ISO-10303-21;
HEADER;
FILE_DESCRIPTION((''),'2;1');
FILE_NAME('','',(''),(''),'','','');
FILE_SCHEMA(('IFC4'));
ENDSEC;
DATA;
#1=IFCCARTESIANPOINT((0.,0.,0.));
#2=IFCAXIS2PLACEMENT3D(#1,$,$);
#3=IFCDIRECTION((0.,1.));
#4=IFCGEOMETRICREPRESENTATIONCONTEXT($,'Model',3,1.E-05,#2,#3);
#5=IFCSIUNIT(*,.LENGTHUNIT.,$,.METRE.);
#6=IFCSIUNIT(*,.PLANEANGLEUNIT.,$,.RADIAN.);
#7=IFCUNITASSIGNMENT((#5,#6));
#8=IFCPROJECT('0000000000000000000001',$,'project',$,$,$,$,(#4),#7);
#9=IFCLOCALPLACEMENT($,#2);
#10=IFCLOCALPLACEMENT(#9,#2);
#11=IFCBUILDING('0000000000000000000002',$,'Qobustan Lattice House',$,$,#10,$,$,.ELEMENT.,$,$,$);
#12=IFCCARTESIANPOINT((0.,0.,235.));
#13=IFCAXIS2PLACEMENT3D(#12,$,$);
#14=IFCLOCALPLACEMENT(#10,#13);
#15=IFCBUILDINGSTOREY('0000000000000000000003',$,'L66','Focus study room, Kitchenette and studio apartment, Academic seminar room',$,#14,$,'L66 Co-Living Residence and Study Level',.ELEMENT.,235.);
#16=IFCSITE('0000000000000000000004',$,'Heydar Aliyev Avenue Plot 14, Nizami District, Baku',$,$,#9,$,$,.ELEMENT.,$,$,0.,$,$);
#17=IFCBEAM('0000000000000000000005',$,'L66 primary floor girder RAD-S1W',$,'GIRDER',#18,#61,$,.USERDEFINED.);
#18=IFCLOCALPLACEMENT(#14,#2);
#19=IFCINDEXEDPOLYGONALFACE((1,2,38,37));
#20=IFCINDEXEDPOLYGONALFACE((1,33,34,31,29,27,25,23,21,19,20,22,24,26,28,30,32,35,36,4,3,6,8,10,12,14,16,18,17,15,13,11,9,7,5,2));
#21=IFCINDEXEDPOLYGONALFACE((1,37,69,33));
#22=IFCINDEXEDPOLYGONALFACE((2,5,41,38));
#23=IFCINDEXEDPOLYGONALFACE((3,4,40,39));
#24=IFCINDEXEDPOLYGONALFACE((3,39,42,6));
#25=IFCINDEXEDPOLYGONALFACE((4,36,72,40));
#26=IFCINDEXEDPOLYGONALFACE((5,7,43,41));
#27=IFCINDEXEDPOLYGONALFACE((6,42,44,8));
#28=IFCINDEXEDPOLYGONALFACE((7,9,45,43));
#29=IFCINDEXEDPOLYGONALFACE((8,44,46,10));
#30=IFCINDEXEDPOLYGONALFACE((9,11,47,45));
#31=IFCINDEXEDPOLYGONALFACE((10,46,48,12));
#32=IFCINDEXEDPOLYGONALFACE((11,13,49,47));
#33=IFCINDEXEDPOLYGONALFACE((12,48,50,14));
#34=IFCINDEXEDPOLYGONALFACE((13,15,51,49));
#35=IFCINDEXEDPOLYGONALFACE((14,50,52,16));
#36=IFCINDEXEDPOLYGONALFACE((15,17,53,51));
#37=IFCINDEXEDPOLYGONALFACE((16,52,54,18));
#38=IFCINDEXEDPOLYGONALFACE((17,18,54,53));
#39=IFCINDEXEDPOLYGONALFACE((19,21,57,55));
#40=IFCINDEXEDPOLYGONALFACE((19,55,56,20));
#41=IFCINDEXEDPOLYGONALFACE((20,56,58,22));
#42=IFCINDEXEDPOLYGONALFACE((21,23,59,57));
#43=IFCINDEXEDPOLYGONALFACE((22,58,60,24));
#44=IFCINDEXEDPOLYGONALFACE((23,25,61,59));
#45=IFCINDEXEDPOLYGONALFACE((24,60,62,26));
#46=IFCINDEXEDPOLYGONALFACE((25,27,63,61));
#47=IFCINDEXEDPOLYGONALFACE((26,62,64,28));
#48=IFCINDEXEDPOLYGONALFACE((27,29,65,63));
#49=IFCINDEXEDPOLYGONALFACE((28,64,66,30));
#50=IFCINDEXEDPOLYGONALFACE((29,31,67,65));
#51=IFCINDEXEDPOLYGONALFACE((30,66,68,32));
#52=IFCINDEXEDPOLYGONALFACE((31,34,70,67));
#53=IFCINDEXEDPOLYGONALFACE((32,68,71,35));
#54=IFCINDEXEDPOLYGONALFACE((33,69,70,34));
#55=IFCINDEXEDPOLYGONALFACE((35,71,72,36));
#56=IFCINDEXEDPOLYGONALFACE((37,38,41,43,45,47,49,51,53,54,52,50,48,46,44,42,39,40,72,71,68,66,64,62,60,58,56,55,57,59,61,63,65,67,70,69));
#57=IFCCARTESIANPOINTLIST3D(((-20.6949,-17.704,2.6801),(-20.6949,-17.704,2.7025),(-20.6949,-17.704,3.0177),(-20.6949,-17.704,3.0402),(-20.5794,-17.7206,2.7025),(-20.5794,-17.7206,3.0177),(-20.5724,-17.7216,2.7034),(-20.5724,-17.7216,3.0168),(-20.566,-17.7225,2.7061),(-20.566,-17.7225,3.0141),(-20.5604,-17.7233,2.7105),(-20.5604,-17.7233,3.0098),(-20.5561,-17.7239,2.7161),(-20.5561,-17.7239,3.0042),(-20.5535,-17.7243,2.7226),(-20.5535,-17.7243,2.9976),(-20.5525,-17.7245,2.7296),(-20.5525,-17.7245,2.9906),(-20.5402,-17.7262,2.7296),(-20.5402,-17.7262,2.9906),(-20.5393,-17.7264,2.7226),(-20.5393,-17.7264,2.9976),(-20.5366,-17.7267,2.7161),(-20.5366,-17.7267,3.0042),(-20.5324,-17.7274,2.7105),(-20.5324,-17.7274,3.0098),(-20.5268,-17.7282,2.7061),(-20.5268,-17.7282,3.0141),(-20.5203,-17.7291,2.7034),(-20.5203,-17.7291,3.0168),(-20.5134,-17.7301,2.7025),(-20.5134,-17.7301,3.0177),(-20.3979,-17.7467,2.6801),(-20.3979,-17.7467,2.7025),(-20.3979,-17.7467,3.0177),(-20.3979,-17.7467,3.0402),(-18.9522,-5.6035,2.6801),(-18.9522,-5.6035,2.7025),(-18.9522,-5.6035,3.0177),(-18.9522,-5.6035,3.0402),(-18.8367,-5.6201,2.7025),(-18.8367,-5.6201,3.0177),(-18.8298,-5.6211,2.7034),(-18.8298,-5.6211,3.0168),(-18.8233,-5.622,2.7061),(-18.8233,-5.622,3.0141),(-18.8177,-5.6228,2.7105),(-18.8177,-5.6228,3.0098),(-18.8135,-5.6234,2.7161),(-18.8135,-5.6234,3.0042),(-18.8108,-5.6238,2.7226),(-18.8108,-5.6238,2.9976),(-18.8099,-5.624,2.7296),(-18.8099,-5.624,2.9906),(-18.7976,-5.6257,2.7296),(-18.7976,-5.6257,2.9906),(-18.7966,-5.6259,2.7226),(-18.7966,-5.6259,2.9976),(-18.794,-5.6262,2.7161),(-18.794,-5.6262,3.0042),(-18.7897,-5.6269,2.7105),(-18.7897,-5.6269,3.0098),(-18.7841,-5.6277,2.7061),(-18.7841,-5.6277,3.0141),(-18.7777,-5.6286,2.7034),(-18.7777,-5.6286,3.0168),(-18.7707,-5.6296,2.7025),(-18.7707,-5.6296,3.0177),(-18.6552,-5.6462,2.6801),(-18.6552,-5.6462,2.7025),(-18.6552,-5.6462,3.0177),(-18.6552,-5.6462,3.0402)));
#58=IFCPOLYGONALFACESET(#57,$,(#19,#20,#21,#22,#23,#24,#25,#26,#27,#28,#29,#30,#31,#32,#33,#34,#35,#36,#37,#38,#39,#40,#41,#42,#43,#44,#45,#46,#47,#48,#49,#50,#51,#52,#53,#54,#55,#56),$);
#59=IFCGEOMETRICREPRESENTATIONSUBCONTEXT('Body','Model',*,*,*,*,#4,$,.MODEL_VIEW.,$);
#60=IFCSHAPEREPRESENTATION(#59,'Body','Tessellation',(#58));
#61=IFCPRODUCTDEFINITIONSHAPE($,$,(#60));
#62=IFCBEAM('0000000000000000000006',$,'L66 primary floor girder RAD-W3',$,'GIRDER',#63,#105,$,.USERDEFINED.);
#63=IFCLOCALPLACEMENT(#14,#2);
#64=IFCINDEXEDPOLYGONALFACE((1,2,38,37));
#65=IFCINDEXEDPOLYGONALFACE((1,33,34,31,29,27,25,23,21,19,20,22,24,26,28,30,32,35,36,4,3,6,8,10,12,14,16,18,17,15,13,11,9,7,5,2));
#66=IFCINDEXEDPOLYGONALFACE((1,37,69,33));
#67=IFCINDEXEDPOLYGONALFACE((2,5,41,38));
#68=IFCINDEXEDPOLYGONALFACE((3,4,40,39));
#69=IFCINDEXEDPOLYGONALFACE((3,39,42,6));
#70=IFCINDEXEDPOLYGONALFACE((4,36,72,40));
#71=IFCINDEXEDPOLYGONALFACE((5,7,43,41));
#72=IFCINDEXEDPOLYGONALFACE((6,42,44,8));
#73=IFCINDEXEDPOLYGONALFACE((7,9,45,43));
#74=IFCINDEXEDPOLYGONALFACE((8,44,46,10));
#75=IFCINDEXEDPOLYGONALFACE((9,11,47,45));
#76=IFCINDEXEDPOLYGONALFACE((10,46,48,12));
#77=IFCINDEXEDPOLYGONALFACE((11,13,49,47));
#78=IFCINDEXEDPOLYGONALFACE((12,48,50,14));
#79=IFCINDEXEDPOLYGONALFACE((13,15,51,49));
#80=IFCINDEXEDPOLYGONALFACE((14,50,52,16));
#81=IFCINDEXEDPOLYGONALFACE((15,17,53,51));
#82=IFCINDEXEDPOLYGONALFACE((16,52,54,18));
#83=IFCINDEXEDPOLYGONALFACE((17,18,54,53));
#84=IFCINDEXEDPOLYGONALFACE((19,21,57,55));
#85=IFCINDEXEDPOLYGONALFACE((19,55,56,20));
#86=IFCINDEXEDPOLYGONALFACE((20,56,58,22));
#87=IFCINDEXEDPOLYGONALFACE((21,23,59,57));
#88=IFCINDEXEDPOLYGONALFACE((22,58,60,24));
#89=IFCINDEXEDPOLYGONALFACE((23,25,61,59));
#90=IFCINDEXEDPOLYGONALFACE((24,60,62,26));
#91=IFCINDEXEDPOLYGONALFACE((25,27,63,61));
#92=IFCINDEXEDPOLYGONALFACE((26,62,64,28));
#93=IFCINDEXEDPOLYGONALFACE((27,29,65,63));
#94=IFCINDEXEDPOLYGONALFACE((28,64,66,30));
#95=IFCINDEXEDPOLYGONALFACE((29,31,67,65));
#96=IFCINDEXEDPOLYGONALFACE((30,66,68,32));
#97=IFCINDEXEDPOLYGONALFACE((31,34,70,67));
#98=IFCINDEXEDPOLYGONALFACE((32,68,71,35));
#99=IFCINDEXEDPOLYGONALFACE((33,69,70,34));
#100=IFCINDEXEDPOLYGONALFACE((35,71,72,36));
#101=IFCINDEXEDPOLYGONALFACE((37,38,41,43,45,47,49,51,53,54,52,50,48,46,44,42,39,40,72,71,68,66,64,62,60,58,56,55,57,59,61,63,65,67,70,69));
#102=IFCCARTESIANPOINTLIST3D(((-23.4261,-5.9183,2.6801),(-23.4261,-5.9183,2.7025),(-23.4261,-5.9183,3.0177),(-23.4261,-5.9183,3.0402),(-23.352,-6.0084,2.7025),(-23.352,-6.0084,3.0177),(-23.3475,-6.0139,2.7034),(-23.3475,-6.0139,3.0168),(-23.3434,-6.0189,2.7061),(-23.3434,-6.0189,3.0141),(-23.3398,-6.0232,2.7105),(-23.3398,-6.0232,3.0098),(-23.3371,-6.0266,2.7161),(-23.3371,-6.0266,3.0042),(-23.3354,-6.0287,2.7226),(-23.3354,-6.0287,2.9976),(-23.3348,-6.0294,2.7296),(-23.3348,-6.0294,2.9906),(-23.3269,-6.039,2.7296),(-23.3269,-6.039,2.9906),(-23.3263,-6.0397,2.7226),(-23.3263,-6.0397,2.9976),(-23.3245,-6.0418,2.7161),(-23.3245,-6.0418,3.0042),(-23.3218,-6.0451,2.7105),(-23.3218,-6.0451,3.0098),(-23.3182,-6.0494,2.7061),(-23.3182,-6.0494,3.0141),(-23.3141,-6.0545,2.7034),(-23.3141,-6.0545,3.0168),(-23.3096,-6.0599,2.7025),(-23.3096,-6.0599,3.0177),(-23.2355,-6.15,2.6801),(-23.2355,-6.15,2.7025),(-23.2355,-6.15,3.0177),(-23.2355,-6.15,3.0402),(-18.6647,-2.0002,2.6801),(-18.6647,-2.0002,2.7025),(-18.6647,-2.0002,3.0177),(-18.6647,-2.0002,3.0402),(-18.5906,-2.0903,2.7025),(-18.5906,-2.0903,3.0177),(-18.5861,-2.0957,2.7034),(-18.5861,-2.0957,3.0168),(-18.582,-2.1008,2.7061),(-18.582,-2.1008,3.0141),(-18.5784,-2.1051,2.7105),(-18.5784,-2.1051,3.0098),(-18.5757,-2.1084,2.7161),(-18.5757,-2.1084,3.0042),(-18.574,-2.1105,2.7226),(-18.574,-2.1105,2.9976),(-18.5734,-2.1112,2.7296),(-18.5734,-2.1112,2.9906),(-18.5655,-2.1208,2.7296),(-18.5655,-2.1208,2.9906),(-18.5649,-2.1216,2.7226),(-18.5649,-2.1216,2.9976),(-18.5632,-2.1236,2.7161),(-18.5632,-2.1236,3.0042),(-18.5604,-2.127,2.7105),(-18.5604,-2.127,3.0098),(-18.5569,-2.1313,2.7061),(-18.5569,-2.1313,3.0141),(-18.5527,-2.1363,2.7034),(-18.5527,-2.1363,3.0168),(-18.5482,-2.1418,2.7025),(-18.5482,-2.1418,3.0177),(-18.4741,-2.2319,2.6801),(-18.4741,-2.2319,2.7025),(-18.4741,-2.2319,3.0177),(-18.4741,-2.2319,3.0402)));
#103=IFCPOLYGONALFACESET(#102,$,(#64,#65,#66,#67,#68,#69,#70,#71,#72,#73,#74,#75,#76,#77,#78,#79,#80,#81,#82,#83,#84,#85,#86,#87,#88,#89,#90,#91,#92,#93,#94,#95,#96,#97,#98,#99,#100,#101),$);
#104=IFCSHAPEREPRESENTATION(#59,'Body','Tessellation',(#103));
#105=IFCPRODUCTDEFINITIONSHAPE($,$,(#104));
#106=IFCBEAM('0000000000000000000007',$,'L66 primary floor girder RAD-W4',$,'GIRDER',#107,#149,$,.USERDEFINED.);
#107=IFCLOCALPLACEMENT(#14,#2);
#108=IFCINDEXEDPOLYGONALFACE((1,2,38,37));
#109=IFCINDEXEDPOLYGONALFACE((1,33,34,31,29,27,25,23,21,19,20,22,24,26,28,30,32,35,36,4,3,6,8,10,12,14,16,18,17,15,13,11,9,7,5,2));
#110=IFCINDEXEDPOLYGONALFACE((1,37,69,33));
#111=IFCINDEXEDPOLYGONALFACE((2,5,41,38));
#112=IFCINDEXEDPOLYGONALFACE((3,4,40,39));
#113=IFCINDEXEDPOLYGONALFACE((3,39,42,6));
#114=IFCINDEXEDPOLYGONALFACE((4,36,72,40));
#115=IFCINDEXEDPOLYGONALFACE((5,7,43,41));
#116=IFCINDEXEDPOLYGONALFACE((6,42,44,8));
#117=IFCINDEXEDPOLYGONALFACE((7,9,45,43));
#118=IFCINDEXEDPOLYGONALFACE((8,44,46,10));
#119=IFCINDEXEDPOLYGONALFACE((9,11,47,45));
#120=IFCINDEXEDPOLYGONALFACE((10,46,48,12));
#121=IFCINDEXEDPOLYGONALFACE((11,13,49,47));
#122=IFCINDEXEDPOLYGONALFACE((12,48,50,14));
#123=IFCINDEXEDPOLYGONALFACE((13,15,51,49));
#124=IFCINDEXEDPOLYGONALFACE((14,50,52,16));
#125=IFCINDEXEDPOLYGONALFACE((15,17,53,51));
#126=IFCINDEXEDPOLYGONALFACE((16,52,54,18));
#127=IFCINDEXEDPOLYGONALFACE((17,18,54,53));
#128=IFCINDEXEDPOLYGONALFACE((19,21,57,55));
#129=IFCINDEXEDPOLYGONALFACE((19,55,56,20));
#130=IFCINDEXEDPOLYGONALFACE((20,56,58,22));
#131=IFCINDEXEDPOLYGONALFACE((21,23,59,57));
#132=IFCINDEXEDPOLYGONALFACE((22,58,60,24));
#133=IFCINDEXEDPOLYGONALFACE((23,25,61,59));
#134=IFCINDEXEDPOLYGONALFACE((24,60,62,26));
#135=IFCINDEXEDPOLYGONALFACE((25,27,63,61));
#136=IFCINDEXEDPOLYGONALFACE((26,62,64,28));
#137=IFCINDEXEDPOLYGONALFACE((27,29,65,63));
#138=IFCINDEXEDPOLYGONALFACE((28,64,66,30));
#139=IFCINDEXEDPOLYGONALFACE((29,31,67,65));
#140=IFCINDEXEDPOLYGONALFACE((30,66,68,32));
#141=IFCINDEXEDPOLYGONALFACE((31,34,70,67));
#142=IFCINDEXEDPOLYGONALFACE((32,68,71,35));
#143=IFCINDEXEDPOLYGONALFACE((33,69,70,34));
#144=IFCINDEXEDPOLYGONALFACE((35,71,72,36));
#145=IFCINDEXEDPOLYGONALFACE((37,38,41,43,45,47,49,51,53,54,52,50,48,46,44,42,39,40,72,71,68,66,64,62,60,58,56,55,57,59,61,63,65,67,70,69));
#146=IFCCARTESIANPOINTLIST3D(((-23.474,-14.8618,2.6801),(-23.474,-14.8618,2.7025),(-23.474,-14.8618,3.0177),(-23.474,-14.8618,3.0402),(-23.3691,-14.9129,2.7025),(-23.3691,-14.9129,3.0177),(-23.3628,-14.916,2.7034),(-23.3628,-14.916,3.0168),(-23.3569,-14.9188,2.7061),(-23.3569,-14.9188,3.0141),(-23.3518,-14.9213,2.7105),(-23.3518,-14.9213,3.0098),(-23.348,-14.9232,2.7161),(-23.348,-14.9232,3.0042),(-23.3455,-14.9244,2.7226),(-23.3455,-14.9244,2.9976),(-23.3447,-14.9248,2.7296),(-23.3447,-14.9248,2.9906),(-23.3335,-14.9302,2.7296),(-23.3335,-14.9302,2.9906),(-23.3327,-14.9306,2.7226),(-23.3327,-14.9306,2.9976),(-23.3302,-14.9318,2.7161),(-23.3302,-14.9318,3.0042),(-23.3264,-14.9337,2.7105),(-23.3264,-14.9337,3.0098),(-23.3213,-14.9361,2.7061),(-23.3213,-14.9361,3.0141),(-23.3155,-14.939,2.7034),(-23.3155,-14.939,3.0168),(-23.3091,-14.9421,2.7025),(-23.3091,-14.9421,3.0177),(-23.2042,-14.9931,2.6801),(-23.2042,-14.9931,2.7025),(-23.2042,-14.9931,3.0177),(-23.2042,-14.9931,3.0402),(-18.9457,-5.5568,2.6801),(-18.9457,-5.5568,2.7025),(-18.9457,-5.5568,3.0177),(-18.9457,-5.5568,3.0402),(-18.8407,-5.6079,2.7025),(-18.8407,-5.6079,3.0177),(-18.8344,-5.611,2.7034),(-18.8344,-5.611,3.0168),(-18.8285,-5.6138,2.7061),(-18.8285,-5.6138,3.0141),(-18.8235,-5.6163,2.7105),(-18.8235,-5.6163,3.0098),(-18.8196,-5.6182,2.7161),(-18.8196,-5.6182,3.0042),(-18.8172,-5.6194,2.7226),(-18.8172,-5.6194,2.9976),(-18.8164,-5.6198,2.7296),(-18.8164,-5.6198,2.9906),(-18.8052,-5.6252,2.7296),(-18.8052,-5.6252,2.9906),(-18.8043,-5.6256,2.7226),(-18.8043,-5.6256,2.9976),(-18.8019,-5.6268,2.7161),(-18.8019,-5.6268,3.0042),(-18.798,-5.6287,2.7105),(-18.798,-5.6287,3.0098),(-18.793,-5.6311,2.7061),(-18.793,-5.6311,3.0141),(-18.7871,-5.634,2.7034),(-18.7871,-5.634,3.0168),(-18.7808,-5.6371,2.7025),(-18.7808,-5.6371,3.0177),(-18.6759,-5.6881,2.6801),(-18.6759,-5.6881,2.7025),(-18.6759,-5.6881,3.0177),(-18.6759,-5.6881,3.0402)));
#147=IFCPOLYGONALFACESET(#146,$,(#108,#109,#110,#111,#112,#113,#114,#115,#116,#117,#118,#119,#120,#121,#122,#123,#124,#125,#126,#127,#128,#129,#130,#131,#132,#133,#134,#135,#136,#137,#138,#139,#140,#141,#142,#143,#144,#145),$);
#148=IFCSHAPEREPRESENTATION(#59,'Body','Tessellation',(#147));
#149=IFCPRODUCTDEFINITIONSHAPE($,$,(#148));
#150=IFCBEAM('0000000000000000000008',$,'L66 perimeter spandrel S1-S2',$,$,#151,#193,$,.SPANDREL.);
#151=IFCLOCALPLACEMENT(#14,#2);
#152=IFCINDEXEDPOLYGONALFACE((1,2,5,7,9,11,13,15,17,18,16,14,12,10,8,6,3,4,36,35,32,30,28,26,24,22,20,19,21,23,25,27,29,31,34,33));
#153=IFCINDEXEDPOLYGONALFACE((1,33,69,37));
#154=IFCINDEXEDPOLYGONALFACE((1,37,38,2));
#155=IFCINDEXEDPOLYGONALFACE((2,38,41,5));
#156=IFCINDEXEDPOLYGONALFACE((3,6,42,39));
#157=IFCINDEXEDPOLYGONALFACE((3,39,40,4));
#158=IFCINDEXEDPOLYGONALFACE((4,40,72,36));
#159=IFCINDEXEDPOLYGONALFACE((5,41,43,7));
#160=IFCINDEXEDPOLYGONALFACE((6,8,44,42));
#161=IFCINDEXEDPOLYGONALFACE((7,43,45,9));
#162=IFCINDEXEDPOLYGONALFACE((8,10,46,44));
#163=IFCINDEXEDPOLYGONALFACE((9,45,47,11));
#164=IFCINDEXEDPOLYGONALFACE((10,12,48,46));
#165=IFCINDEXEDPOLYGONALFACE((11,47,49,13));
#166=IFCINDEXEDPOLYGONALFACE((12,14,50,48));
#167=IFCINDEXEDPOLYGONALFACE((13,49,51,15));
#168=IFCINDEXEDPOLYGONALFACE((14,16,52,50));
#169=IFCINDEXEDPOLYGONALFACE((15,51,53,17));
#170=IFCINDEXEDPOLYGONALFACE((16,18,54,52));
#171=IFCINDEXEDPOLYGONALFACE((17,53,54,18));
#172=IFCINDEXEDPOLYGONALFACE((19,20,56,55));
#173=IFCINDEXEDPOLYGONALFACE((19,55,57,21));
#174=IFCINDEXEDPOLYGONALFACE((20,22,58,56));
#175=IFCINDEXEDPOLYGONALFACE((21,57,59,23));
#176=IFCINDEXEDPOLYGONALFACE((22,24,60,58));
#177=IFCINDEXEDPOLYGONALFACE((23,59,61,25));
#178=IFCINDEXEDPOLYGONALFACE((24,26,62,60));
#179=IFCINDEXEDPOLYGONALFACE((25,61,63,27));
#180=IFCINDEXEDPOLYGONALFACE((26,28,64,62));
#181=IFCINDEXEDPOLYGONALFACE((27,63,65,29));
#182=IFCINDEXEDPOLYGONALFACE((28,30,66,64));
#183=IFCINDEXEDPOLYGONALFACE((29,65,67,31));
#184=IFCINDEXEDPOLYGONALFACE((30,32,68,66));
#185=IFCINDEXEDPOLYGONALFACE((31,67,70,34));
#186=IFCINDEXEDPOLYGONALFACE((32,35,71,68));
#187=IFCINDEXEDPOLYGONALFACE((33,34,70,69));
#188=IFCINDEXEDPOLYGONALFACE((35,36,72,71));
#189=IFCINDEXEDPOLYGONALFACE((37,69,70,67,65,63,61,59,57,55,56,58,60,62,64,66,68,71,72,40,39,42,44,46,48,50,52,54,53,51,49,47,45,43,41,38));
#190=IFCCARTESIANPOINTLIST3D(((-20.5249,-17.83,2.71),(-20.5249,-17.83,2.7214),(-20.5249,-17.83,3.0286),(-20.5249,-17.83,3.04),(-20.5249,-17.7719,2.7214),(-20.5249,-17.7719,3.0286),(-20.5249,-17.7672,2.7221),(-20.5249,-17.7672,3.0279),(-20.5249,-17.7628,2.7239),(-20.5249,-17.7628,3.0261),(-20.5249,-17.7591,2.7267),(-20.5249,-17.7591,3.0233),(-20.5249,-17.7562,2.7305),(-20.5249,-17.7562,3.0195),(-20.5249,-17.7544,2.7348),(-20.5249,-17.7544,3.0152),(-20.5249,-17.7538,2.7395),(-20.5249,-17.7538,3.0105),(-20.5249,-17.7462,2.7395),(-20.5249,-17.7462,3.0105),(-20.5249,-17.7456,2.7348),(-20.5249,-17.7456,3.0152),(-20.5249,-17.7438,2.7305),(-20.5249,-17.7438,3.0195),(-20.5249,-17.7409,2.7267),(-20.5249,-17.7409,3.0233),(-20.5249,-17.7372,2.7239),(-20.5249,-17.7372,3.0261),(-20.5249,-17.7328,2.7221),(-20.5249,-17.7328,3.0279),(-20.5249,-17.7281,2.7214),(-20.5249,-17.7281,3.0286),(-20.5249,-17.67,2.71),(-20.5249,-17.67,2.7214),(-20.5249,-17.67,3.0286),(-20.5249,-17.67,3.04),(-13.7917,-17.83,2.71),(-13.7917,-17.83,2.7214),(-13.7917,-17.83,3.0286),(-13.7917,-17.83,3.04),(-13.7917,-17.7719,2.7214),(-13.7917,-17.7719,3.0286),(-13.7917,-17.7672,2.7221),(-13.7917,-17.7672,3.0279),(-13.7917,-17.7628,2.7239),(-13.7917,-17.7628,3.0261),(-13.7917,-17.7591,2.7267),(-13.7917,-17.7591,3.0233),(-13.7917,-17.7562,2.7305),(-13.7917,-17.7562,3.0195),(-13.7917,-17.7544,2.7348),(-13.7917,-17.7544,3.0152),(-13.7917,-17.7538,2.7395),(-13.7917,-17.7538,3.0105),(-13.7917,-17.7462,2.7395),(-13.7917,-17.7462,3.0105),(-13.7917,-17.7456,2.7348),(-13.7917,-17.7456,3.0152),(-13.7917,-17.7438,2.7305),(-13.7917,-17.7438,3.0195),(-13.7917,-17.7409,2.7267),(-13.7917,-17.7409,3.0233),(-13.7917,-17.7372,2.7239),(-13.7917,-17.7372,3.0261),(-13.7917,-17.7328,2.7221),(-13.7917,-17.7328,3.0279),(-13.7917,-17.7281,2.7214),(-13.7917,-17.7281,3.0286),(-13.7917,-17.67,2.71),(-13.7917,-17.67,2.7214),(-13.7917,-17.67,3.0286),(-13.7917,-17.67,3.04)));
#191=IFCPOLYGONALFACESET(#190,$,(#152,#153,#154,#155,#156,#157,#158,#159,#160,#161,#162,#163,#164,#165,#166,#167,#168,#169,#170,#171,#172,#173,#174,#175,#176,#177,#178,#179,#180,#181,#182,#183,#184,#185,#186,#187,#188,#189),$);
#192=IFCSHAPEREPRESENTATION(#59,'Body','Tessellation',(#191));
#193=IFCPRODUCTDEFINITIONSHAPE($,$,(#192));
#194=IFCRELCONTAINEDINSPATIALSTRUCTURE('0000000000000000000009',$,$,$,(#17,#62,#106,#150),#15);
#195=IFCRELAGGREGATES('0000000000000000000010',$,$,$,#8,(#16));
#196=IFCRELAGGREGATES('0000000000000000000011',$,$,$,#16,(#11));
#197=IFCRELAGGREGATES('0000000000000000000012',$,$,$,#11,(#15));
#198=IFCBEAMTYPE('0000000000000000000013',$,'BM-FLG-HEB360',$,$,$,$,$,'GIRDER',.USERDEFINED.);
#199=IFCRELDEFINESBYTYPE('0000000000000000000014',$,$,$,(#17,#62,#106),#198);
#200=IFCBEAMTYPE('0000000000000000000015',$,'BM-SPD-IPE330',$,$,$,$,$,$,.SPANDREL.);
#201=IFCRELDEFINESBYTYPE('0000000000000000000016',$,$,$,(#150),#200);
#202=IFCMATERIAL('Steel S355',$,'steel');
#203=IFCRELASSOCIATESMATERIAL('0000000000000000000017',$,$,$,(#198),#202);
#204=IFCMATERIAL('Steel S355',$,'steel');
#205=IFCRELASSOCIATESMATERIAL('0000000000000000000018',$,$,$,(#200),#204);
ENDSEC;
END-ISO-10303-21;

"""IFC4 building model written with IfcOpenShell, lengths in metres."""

from ifc_helpers import new_model, si_unit, direction, frame, origin, origin_2d, place, context, subcontext, project, spatial, i_section, extrude, material, material_profile, profile_set, type_object, element, save


model = new_model("IFC4")

# Units and contexts
model_context = context("Model", 3, precision=1e-05, world=origin(), true_north=direction((0.0, 1.0)))
body_context = subcontext(model_context, "Body", "Model", "MODEL_VIEW")
ifc_project = project(units=[si_unit("LENGTHUNIT", "METRE"), si_unit("PLANEANGLEUNIT", "RADIAN")], contexts=[model_context])

# Site, building, storey
site_placement = place(None, origin())
site = spatial("IfcSite", under=ifc_project, at=site_placement, Name="Heydar Aliyev Avenue Plot 14, Nizami District, Baku", CompositionType="ELEMENT", RefElevation=0.0)
building_placement = place(site_placement, origin())
building = spatial("IfcBuilding", under=site, at=building_placement, Name="Qobustan Lattice House", CompositionType="ELEMENT")
storey_placement = place(building_placement, frame((0.0, 0.0, 235.0)))
storey = spatial("IfcBuildingStorey", under=building, at=storey_placement, Name="L66", Description="Focus study room, Kitchenette and studio apartment, Academic seminar room", LongName="L66 Co-Living Residence and Study Level", CompositionType="ELEMENT", Elevation=235.0)

# Beams
ifc_material_1 = material(Name="Steel S355", Category="steel")
ifc_material_profile_1 = material_profile(ifc_material_1, i_section(OverallWidth=0.3, OverallDepth=0.3601, WebThickness=0.0125, FlangeThickness=0.0225, FilletRadius=0.0271, at=origin_2d()), Name="HEB360")
ifc_profile_set_1 = profile_set([ifc_material_profile_1], Name="Steel S355")
beam_type_1 = type_object("IfcBeamType", Name="BM-FLG-HEB360", ElementType="GIRDER", PredefinedType="USERDEFINED", material=ifc_profile_set_1)
beam_1_placement = place(storey_placement, frame((-20.5464, -17.7253, 2.8601), z_axis=(0.142545, 0.989788, 0.0), x_axis=(-0.989788, 0.142545, 0.0)))
element("IfcBeam", 1, at=beam_1_placement, inside=storey, type_object=beam_type_1, Name="L66 primary floor girder RAD-S1W", ObjectType="GIRDER", PredefinedType="USERDEFINED", context=body_context, shape_type="SweptSolid", body=[
    extrude(i_section(OverallWidth=0.3, OverallDepth=0.3601, WebThickness=0.0125, FlangeThickness=0.0225, FilletRadius=0.0271, at=origin_2d()), origin(), (0.0, 0.0, 1.0), 12.2253),
])
beam_2_placement = place(storey_placement, frame((-23.3308, -6.0342, 2.8601), z_axis=(0.772169, 0.635417, 0.0), x_axis=(-0.635417, 0.772169, 0.0)))
element("IfcBeam", 2, at=beam_2_placement, inside=storey, type_object=beam_type_1, Name="L66 primary floor girder RAD-W3", ObjectType="GIRDER", PredefinedType="USERDEFINED", context=body_context, shape_type="SweptSolid", body=[
    extrude(i_section(OverallWidth=0.3, OverallDepth=0.3601, WebThickness=0.0125, FlangeThickness=0.0225, FilletRadius=0.0271, at=origin_2d()), origin(), (0.0, 0.0, 1.0), 6.1663),
])
beam_3_placement = place(storey_placement, frame((-23.3391, -14.9275, 2.8601), z_axis=(0.43759, 0.899174, 0.0), x_axis=(-0.899174, 0.43759, 0.0)))
element("IfcBeam", 3, at=beam_3_placement, inside=storey, type_object=beam_type_1, Name="L66 primary floor girder RAD-W4", ObjectType="GIRDER", PredefinedType="USERDEFINED", context=body_context, shape_type="SweptSolid", body=[
    extrude(i_section(OverallWidth=0.3, OverallDepth=0.3601, WebThickness=0.0125, FlangeThickness=0.0225, FilletRadius=0.0271, at=origin_2d()), origin(), (0.0, 0.0, 1.0), 10.3484),
])
ifc_material_2 = material(Name="Steel S355", Category="steel")
ifc_material_profile_2 = material_profile(ifc_material_2, i_section(OverallWidth=0.1599, OverallDepth=0.3301, WebThickness=0.0076, FlangeThickness=0.0115, FilletRadius=0.0181, at=origin_2d()), Name="IPE330")
ifc_profile_set_2 = profile_set([ifc_material_profile_2], Name="Steel S355")
beam_type_2 = type_object("IfcBeamType", Name="BM-SPD-IPE330", PredefinedType="SPANDREL", material=ifc_profile_set_2)
beam_4_placement = place(storey_placement, frame((-20.5249, -17.75, 2.875), z_axis=(1.0, 0.0, 0.0), x_axis=(0.0, 1.0, 0.0)))
element("IfcBeam", 4, at=beam_4_placement, inside=storey, type_object=beam_type_2, Name="L66 perimeter spandrel S1-S2", PredefinedType="SPANDREL", context=body_context, shape_type="SweptSolid", body=[
    extrude(i_section(OverallWidth=0.1599, OverallDepth=0.3301, WebThickness=0.0076, FlangeThickness=0.0115, FilletRadius=0.0181, at=origin_2d()), origin(), (0.0, 0.0, 1.0), 6.7332),
])

save(model, "model.ifc")
